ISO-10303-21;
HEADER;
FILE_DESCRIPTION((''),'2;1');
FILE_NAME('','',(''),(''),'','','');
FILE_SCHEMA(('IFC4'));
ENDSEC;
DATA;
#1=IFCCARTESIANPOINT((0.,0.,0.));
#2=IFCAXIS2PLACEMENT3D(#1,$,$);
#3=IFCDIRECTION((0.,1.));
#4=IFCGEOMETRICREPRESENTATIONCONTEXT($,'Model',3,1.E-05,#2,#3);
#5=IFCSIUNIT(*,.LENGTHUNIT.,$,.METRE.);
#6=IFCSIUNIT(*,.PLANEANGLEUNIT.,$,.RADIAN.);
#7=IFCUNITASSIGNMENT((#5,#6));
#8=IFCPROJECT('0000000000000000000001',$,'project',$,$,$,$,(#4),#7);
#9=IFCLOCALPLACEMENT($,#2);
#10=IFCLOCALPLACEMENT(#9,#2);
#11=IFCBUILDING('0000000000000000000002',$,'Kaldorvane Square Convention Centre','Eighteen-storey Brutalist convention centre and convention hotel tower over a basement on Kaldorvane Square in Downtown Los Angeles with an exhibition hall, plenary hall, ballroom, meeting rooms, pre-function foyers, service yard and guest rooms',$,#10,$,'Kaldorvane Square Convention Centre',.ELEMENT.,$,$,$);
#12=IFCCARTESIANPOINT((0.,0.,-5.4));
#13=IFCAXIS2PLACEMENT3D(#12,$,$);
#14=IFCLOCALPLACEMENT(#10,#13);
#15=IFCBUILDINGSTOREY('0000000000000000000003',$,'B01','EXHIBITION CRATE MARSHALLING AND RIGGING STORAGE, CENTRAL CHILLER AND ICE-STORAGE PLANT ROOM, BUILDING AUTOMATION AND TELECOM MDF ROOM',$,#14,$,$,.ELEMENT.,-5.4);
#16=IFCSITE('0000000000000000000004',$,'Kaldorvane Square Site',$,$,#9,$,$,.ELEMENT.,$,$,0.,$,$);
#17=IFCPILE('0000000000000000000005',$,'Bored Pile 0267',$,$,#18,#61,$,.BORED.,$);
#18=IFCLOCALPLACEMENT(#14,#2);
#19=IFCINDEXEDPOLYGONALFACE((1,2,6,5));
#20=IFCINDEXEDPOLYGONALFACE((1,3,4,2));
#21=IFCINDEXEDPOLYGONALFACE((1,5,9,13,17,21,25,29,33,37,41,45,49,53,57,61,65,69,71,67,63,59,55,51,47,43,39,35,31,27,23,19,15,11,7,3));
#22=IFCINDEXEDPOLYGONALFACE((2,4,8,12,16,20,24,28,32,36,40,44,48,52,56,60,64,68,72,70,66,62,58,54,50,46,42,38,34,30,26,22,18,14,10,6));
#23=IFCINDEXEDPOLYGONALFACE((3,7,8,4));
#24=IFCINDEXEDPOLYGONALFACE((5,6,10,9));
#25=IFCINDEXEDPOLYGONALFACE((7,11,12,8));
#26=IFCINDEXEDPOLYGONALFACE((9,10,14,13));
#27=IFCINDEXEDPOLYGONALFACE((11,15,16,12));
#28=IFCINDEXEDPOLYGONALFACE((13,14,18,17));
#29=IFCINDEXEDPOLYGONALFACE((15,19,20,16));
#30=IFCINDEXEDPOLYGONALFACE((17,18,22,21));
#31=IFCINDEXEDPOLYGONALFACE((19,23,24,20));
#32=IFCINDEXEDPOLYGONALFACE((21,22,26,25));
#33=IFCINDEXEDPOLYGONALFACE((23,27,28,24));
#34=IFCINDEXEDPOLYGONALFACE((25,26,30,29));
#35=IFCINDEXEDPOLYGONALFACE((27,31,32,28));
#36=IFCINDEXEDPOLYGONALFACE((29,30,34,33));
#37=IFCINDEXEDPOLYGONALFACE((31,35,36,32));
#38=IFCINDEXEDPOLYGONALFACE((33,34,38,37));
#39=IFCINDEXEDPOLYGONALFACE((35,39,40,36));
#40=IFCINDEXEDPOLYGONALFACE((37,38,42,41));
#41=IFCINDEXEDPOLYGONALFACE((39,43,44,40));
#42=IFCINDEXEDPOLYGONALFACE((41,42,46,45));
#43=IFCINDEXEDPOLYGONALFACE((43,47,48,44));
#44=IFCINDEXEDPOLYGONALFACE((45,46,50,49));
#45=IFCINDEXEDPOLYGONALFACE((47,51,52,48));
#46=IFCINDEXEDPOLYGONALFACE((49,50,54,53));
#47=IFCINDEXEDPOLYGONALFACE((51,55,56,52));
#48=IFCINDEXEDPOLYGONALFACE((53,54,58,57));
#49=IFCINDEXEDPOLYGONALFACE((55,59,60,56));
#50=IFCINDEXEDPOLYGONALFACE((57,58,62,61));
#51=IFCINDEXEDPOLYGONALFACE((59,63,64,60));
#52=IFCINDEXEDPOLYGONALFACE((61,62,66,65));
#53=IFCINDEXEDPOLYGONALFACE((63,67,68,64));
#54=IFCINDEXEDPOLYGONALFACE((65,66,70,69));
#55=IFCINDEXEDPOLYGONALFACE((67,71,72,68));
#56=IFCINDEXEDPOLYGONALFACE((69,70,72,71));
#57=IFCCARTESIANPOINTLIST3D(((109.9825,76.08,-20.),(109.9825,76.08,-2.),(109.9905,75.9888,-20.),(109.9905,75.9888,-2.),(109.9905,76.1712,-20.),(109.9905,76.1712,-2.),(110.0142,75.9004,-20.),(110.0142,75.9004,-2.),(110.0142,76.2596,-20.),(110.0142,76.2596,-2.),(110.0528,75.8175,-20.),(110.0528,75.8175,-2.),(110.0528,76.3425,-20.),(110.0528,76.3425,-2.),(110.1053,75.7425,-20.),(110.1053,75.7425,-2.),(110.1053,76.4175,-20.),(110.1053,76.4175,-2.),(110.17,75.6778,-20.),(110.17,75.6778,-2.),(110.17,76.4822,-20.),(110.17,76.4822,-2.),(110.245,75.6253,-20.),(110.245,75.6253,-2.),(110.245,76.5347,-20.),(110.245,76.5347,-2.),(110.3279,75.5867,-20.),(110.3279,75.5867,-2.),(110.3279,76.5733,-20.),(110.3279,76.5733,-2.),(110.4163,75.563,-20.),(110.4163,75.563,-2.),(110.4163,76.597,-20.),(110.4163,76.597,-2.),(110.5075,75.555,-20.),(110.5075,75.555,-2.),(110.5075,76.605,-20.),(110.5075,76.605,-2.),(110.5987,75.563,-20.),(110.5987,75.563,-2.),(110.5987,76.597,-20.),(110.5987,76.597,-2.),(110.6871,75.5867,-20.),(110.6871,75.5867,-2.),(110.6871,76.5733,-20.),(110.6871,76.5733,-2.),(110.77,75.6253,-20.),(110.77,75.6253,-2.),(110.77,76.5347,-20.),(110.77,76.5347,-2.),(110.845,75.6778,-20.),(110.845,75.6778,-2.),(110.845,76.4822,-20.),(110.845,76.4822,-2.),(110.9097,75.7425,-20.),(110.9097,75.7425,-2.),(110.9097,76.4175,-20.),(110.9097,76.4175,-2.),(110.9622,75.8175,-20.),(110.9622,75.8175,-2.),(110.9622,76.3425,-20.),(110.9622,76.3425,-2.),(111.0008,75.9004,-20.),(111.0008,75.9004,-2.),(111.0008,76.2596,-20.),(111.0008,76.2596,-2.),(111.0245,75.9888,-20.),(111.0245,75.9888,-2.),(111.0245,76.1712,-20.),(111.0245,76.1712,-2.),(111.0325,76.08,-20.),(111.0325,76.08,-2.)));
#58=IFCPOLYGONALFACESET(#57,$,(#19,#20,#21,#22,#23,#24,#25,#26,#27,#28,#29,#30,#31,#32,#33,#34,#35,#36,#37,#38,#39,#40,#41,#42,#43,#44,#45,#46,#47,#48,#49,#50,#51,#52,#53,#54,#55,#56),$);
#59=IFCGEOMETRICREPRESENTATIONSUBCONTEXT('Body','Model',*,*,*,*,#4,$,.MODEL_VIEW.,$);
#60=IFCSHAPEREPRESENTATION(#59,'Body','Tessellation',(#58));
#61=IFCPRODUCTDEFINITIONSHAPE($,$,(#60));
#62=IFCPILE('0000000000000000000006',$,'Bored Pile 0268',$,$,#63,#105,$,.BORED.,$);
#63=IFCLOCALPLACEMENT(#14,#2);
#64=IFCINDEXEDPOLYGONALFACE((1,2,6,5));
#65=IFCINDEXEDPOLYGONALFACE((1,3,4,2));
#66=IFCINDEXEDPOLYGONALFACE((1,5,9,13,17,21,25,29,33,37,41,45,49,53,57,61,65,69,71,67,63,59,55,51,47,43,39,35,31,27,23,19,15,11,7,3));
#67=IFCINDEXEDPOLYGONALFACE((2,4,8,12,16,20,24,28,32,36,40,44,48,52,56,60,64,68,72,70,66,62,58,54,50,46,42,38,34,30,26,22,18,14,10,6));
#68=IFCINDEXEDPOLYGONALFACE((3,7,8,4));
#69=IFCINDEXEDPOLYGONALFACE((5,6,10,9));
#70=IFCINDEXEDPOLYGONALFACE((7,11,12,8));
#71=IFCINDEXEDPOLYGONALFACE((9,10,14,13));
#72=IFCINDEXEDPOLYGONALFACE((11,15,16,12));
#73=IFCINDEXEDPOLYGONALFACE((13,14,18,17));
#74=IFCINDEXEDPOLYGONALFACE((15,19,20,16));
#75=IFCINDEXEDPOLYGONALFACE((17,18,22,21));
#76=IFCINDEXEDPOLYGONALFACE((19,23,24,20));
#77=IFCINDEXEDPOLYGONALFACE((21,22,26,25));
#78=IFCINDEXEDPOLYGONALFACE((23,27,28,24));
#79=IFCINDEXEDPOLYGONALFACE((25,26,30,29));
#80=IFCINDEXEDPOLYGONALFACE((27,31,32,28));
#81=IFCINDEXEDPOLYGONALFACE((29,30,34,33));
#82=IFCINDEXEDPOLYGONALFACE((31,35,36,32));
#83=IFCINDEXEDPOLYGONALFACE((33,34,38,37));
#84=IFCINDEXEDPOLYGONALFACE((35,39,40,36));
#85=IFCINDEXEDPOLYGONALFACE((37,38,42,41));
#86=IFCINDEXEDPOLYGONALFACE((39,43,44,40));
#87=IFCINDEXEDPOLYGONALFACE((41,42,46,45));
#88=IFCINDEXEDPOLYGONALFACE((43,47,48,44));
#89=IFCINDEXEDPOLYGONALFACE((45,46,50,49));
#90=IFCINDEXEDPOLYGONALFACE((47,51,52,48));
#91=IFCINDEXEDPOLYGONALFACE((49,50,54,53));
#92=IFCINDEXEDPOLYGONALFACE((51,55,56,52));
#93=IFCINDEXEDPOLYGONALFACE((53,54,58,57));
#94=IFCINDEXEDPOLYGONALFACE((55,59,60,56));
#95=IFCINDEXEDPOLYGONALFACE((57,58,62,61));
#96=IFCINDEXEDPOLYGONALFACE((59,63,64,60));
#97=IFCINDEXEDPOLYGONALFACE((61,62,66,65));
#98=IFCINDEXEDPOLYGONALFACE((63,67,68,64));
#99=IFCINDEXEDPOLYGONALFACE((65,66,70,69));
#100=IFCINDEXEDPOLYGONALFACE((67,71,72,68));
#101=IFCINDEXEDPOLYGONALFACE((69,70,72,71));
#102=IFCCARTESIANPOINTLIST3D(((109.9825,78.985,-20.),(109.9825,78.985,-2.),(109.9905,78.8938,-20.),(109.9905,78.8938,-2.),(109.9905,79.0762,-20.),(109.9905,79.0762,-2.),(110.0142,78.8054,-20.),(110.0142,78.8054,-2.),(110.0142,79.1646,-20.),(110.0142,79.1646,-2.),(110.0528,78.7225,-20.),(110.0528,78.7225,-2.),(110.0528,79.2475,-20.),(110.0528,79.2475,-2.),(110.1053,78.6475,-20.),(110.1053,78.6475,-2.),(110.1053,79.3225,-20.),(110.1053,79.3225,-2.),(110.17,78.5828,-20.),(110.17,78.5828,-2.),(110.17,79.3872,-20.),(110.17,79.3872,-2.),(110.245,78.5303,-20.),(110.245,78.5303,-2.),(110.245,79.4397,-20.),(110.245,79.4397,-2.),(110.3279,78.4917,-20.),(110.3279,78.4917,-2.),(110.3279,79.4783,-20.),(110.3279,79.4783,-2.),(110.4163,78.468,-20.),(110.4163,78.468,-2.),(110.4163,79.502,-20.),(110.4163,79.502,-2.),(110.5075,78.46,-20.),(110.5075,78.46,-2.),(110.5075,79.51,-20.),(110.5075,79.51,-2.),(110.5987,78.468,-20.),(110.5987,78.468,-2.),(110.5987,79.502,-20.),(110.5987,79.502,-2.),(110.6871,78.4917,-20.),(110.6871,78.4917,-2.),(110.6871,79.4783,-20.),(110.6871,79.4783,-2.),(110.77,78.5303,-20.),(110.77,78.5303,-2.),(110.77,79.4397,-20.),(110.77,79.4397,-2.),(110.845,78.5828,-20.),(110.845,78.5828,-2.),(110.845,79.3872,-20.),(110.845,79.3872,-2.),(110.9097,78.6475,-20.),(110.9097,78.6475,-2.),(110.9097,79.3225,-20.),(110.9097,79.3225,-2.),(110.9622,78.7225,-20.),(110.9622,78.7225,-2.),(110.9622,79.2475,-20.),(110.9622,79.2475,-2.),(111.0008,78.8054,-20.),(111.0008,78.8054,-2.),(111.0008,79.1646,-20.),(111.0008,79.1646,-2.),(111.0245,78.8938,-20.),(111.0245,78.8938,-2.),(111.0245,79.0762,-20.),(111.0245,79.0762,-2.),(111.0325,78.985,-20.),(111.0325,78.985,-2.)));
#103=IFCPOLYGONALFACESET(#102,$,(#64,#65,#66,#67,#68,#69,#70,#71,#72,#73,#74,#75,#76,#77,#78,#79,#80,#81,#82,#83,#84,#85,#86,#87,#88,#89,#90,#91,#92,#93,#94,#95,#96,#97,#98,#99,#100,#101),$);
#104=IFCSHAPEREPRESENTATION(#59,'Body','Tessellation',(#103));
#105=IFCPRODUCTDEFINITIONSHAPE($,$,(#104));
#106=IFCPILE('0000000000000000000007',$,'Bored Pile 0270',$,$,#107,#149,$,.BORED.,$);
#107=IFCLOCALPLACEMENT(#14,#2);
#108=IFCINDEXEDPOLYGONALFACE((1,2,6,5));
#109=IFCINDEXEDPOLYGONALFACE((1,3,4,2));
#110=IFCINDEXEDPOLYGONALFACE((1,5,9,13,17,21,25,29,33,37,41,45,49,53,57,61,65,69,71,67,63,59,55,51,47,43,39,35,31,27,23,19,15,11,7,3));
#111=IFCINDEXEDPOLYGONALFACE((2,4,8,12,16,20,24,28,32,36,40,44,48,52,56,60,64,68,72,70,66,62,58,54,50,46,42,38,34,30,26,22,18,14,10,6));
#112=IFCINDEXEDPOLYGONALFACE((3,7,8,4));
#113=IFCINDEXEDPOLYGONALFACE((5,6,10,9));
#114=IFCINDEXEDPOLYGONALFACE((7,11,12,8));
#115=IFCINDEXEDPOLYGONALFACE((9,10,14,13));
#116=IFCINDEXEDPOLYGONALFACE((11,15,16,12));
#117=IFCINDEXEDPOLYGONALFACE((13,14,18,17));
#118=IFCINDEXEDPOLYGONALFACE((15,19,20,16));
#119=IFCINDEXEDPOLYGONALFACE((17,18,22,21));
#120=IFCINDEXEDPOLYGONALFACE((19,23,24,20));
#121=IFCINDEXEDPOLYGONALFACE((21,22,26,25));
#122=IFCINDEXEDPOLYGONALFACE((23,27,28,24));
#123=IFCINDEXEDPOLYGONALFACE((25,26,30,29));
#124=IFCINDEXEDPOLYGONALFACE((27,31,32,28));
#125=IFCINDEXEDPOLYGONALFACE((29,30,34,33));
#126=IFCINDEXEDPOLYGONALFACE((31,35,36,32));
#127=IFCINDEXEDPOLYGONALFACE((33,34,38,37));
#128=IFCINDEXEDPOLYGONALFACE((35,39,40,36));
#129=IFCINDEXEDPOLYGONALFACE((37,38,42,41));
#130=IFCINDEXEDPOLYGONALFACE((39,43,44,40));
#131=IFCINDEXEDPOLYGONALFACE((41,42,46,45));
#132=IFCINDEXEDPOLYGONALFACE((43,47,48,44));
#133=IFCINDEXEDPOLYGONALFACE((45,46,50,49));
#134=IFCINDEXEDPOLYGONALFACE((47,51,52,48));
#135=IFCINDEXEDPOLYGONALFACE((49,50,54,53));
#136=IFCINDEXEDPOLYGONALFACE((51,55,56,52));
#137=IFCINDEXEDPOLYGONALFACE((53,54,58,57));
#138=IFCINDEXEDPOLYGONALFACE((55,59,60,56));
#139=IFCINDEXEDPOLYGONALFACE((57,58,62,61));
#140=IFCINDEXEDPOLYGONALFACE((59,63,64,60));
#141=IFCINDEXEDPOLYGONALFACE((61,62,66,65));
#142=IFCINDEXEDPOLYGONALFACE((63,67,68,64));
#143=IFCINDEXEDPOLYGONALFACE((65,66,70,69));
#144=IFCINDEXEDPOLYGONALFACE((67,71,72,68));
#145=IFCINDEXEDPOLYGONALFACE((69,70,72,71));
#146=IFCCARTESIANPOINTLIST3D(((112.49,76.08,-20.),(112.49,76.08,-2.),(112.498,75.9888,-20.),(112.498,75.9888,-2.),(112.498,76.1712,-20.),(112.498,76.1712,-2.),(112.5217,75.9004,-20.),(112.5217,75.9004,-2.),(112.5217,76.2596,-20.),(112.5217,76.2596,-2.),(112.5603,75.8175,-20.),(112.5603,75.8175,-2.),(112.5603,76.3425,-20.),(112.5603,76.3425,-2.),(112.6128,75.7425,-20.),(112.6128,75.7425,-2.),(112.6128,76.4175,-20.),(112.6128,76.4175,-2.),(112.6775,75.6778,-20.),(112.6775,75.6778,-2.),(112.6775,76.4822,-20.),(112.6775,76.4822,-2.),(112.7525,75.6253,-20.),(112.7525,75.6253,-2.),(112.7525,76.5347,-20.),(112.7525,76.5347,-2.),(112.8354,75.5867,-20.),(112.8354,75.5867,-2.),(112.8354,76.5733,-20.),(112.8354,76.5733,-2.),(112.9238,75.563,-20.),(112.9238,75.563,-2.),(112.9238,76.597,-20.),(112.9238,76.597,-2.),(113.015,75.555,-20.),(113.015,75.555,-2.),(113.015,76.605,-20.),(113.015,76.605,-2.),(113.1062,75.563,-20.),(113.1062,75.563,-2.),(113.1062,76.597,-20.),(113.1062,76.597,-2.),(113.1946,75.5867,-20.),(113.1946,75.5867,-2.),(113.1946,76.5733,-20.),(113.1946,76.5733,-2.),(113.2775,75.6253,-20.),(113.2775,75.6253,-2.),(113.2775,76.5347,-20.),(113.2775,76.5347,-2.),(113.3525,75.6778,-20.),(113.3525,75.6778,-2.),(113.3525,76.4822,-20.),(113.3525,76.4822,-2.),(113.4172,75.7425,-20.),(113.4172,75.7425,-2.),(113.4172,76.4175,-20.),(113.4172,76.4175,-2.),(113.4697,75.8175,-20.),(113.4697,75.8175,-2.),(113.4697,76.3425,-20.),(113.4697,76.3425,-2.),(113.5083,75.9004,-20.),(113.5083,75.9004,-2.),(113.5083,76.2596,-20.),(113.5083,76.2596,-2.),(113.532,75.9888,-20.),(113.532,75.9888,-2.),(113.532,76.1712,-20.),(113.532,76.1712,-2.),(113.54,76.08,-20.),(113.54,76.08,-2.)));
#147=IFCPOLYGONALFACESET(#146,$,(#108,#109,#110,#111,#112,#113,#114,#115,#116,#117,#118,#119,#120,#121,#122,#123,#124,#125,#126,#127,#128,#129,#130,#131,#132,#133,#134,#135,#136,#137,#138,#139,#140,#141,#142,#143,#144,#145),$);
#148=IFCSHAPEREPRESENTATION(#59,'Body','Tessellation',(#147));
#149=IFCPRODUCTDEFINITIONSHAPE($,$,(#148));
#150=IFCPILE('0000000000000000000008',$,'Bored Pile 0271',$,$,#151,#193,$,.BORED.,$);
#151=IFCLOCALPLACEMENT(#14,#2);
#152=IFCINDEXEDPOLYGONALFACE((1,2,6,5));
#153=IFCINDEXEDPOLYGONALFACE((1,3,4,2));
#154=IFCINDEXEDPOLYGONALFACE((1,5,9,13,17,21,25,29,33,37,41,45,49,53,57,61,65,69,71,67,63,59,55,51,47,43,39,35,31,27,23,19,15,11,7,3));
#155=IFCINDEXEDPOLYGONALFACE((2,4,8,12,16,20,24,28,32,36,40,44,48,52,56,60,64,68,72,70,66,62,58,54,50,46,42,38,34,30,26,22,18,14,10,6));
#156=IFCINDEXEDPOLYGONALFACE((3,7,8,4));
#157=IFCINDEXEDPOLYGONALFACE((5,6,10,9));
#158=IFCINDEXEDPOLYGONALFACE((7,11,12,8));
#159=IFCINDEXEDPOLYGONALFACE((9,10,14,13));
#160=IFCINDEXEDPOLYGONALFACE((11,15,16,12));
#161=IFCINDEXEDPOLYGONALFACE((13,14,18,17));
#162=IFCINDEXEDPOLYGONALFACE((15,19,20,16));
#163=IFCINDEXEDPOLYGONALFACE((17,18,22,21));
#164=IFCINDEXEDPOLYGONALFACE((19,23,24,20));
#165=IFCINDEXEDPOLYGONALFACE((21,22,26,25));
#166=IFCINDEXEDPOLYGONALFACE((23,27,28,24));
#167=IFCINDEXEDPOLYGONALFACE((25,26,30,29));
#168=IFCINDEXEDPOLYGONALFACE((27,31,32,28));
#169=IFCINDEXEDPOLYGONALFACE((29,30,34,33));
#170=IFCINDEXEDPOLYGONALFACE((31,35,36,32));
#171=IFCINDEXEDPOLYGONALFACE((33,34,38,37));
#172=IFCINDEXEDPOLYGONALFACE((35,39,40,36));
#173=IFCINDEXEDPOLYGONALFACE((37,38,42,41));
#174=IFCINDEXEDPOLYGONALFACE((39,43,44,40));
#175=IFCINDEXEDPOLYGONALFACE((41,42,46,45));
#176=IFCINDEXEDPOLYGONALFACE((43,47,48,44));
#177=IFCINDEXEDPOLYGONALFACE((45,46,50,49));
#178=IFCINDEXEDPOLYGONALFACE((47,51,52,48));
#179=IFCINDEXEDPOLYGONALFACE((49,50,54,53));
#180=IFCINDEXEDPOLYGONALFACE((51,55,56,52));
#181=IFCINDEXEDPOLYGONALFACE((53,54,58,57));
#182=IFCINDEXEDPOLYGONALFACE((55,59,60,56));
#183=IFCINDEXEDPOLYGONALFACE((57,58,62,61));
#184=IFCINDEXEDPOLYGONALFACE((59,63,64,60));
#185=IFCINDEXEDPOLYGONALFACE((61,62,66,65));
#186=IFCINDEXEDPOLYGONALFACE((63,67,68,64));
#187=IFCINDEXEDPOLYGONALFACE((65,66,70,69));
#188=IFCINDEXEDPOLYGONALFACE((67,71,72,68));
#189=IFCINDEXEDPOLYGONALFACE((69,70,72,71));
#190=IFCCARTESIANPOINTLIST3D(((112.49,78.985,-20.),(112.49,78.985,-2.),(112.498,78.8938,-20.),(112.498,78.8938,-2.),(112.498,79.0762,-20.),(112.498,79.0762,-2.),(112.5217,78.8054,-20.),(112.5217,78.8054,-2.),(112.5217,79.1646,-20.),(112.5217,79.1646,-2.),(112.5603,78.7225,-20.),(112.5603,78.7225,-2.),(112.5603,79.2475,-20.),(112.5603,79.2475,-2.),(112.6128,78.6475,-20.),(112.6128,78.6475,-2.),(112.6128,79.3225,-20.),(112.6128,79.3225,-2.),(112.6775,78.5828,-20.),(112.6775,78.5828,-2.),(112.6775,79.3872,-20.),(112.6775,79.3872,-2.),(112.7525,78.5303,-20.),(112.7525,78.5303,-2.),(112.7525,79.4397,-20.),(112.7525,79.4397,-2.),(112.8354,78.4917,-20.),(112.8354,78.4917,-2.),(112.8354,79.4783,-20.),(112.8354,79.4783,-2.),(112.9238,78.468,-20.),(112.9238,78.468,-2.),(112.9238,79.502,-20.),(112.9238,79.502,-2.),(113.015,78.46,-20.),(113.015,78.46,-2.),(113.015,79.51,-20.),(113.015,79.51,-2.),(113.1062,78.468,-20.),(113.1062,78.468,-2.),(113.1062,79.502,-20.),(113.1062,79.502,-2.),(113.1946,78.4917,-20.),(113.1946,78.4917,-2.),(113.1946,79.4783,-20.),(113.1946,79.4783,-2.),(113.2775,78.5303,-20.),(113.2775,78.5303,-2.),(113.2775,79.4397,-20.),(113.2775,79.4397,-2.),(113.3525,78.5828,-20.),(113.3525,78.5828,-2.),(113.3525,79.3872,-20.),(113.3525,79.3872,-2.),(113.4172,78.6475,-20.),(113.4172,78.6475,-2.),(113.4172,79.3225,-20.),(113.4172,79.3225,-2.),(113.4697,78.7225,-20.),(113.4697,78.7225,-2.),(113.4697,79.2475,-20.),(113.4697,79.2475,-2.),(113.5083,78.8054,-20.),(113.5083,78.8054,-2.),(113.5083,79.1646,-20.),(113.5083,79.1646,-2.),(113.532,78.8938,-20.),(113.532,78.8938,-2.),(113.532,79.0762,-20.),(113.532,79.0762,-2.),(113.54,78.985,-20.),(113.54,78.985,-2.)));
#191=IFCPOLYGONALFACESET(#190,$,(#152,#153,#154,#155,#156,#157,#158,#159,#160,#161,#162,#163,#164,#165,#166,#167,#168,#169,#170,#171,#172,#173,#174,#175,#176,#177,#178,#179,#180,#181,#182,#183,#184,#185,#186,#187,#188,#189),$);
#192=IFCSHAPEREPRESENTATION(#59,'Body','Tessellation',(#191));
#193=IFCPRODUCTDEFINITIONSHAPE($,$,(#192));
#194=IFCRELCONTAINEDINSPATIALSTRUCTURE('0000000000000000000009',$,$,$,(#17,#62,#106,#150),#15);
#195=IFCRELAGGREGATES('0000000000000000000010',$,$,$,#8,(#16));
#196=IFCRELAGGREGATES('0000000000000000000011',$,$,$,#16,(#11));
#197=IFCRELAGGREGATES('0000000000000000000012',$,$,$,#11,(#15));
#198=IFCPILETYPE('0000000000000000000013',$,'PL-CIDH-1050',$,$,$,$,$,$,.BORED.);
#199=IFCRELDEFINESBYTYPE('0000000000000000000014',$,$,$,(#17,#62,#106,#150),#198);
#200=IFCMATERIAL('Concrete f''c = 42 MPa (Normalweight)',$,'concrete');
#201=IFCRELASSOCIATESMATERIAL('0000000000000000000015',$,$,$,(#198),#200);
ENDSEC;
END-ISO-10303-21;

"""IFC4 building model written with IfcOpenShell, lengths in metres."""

from ifc_helpers import new_model, si_unit, direction, frame, origin, origin_2d, place, context, subcontext, project, spatial, circle, extrude, material, material_profile, profile_set, type_object, element, save


model = new_model("IFC4")

# Units and contexts
model_context = context("Model", 3, precision=1e-05, world=origin(), true_north=direction((0.0, 1.0)))
body_context = subcontext(model_context, "Body", "Model", "MODEL_VIEW")
ifc_project = project(units=[si_unit("LENGTHUNIT", "METRE"), si_unit("PLANEANGLEUNIT", "RADIAN")], contexts=[model_context])

# Site, building, storey
site_placement = place(None, origin())
site = spatial("IfcSite", under=ifc_project, at=site_placement, Name="Kaldorvane Square Site", CompositionType="ELEMENT", RefElevation=0.0)
building_placement = place(site_placement, origin())
building = spatial("IfcBuilding", under=site, at=building_placement, Name="Kaldorvane Square Convention Centre", Description="Eighteen-storey Brutalist convention centre and convention hotel tower over a basement on Kaldorvane Square in Downtown Los Angeles with an exhibition hall, plenary hall, ballroom, meeting rooms, pre-function foyers, service yard and guest rooms", LongName="Kaldorvane Square Convention Centre", CompositionType="ELEMENT")
storey_placement = place(building_placement, frame((0.0, 0.0, -5.4)))
storey = spatial("IfcBuildingStorey", under=building, at=storey_placement, Name="B01", Description="EXHIBITION CRATE MARSHALLING AND RIGGING STORAGE, CENTRAL CHILLER AND ICE-STORAGE PLANT ROOM, BUILDING AUTOMATION AND TELECOM MDF ROOM", CompositionType="ELEMENT", Elevation=-5.4)

# Shared definitions
ifc_material_1 = material(Name="Concrete f'c = 42 MPa (Normalweight)", Category="concrete")

# Piles
ifc_material_profile_1 = material_profile(ifc_material_1, circle(Radius=0.525, at=origin_2d()), Name="PILE-D1050")
ifc_profile_set_1 = profile_set([ifc_material_profile_1], Name="Concrete f'c = 42 MPa (Normalweight)")
pile_type_1 = type_object("IfcPileType", Name="PL-CIDH-1050", PredefinedType="BORED", material=ifc_profile_set_1)
for number, where, z_axis, x_axis, name in (
    (1, (110.5075, 76.08, -2.0), (0.0, 0.0, -1.0), (1.0, 0.0, 0.0), "Bored Pile 0267"),
    (2, (110.5075, 78.985, -2.0), (0.0, 0.0, -1.0), (1.0, 0.0, 0.0), "Bored Pile 0268"),
    (3, (113.015, 76.08, -2.0), (0.0, 0.0, -1.0), (1.0, 0.0, 0.0), "Bored Pile 0270"),
    (4, (113.015, 78.985, -2.0), (0.0, 0.0, -1.0), (1.0, 0.0, 0.0), "Bored Pile 0271"),
):
    element("IfcPile", number, at=place(storey_placement, frame(where, z_axis=z_axis, x_axis=x_axis)), inside=storey, type_object=pile_type_1, Name=name, PredefinedType="BORED", context=body_context, shape_type="SweptSolid", body=[
        extrude(circle(Radius=0.525, at=origin_2d()), origin(), (0.0, 0.0, 1.0), 18.0),
    ])

save(model, "model.ifc")
